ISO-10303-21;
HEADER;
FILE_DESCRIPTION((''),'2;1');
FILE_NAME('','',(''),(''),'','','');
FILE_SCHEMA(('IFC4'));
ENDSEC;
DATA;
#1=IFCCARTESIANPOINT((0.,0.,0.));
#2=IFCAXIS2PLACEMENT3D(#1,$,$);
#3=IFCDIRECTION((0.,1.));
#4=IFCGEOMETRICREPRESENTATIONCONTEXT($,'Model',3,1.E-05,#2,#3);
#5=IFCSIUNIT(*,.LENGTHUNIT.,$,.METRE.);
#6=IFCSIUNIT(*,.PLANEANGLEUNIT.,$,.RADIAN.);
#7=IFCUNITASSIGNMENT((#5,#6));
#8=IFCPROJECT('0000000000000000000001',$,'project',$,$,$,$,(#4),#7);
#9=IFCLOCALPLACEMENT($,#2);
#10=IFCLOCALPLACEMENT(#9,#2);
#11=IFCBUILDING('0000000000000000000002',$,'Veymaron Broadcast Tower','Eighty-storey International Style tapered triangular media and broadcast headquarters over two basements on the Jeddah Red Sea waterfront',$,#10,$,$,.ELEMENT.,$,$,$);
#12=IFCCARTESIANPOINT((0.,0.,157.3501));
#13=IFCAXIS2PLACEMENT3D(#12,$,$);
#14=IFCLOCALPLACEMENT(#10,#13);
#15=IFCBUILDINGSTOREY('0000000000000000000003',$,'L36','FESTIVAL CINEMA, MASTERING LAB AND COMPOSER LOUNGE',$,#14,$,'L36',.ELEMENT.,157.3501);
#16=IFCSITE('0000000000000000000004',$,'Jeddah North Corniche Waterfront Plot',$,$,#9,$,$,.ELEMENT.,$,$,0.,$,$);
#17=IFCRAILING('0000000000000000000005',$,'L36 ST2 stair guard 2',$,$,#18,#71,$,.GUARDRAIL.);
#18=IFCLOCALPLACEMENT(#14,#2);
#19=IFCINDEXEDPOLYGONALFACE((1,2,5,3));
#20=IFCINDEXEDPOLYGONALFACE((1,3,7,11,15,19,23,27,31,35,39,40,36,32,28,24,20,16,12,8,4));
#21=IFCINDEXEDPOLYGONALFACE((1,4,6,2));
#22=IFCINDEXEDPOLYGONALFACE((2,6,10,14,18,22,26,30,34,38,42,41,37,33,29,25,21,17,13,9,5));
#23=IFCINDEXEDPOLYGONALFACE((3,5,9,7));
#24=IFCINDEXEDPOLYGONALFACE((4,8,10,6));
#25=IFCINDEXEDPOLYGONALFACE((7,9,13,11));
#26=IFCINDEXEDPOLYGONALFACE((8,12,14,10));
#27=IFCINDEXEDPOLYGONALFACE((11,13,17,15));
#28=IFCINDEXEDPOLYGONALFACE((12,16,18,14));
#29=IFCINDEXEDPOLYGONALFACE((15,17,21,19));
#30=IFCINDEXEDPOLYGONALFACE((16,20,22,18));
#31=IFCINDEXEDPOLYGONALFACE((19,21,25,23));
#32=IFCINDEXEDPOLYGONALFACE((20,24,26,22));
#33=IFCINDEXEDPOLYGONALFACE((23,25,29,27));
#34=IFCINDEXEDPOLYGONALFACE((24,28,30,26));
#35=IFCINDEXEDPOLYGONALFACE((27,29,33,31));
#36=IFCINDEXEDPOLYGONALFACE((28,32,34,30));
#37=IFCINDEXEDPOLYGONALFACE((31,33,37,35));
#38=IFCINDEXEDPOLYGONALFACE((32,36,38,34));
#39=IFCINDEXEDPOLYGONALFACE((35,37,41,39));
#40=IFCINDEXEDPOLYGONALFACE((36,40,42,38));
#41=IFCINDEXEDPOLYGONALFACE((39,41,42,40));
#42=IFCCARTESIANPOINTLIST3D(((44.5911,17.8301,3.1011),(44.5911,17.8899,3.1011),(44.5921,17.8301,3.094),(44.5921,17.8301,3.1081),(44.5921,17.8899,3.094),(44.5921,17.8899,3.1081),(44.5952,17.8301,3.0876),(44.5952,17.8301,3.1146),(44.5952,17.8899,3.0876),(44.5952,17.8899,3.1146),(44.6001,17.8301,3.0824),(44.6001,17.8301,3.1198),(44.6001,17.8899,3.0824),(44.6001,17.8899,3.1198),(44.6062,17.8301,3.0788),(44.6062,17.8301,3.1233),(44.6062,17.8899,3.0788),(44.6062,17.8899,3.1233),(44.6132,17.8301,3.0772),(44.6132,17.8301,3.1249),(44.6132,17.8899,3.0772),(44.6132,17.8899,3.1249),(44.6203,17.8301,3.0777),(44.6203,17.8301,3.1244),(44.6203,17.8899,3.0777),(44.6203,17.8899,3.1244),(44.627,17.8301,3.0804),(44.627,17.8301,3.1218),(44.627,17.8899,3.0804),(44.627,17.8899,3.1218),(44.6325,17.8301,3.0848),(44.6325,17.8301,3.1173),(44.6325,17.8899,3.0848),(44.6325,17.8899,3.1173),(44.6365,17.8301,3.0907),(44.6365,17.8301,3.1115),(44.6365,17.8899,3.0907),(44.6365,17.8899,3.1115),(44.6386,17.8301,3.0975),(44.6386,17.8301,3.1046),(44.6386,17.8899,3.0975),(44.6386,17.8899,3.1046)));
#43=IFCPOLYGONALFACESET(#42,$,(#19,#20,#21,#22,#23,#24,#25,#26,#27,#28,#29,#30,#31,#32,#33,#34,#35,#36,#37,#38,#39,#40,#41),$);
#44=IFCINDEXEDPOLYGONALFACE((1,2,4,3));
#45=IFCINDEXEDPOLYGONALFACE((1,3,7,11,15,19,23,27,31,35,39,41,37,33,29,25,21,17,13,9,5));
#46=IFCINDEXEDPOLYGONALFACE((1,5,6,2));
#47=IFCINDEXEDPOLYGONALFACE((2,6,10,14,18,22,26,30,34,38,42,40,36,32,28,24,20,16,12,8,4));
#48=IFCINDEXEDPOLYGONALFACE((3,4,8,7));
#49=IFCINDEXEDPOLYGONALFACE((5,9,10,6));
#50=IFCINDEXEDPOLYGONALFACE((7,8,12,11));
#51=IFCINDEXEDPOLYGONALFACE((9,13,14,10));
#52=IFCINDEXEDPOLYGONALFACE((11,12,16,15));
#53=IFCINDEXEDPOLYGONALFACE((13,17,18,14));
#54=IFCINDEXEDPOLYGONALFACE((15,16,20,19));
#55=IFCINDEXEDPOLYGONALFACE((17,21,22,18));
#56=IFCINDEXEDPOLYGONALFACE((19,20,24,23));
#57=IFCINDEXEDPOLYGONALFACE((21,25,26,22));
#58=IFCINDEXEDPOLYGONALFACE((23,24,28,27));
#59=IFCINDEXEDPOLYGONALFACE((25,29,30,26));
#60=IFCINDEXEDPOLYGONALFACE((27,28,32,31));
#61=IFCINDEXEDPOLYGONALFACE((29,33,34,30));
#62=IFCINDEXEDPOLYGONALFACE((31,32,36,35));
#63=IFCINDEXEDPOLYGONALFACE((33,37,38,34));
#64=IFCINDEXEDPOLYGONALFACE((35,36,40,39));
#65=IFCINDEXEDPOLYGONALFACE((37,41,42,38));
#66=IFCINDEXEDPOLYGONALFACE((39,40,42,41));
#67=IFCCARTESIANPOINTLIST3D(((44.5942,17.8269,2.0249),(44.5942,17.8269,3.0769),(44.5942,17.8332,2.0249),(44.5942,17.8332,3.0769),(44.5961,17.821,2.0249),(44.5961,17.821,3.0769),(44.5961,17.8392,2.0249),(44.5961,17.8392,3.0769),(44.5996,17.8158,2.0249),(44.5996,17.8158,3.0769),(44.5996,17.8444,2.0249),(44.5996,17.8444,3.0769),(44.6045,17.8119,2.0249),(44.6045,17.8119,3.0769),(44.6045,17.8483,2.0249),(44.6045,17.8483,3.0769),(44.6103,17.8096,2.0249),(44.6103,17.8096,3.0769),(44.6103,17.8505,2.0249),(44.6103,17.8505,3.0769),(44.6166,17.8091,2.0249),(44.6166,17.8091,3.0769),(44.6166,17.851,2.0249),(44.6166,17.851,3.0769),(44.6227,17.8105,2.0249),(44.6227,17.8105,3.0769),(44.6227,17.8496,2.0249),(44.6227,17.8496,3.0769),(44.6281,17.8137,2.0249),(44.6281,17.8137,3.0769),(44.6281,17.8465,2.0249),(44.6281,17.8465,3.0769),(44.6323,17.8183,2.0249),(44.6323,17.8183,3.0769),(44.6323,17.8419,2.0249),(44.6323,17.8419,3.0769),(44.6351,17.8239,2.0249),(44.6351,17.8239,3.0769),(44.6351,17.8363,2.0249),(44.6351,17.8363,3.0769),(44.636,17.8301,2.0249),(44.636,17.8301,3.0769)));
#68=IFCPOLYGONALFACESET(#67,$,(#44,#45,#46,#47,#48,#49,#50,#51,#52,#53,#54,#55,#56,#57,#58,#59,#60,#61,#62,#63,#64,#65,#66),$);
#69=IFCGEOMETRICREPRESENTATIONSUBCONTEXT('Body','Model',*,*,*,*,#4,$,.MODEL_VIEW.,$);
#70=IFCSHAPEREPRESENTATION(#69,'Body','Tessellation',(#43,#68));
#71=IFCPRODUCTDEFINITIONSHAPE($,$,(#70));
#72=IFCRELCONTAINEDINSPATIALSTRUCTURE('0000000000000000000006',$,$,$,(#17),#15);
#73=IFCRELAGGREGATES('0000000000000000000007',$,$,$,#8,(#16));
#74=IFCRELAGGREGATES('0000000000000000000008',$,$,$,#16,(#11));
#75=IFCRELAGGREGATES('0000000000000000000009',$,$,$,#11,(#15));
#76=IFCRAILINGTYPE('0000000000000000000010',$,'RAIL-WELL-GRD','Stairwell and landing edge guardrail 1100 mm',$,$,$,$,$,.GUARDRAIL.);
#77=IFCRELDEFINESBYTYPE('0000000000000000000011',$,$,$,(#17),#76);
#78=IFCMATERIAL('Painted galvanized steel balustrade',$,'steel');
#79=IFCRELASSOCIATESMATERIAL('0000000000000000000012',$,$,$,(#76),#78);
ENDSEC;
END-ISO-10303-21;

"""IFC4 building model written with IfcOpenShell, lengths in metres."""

from ifc_helpers import new_model, si_unit, direction, frame, origin, origin_2d, place, context, subcontext, project, spatial, circle, extrude, material, type_object, element, save


model = new_model("IFC4")

# Units and contexts
model_context = context("Model", 3, precision=1e-05, world=origin(), true_north=direction((0.0, 1.0)))
body_context = subcontext(model_context, "Body", "Model", "MODEL_VIEW")
ifc_project = project(units=[si_unit("LENGTHUNIT", "METRE"), si_unit("PLANEANGLEUNIT", "RADIAN")], contexts=[model_context])

# Site, building, storey
site_placement = place(None, origin())
site = spatial("IfcSite", under=ifc_project, at=site_placement, Name="Jeddah North Corniche Waterfront Plot", CompositionType="ELEMENT", RefElevation=0.0)
building_placement = place(site_placement, origin())
building = spatial("IfcBuilding", under=site, at=building_placement, Name="Veymaron Broadcast Tower", Description="Eighty-storey International Style tapered triangular media and broadcast headquarters over two basements on the Jeddah Red Sea waterfront", CompositionType="ELEMENT")
storey_placement = place(building_placement, frame((0.0, 0.0, 157.3501)))
storey = spatial("IfcBuildingStorey", under=building, at=storey_placement, Name="L36", Description="FESTIVAL CINEMA, MASTERING LAB AND COMPOSER LOUNGE", LongName="L36", CompositionType="ELEMENT", Elevation=157.3501)

# Railing
ifc_material_1 = material(Name="Painted galvanized steel balustrade", Category="steel")
railing_type_1 = type_object("IfcRailingType", Name="RAIL-WELL-GRD", Description="Stairwell and landing edge guardrail 1100 mm", PredefinedType="GUARDRAIL", material=ifc_material_1)
railing_1_placement = place(storey_placement, frame((44.615, 17.8301, 2.0249)))
element("IfcRailing", 1, at=railing_1_placement, inside=storey, type_object=railing_type_1, Name="L36 ST2 stair guard 2", PredefinedType="GUARDRAIL", context=body_context, shape_type="SweptSolid", body=[
    extrude(circle(Radius=0.0239, at=origin_2d()), frame((0.0, 0.0, 1.0762), z_axis=(0.0, 1.0, 0.0), x_axis=(-1.0, 0.0, 0.0)), (0.0, 0.0, 1.0), 0.0598),
    extrude(circle(Radius=0.021, at=origin_2d()), origin(), (0.0, 0.0, 1.0), 1.052),
])

save(model, "model.ifc")
